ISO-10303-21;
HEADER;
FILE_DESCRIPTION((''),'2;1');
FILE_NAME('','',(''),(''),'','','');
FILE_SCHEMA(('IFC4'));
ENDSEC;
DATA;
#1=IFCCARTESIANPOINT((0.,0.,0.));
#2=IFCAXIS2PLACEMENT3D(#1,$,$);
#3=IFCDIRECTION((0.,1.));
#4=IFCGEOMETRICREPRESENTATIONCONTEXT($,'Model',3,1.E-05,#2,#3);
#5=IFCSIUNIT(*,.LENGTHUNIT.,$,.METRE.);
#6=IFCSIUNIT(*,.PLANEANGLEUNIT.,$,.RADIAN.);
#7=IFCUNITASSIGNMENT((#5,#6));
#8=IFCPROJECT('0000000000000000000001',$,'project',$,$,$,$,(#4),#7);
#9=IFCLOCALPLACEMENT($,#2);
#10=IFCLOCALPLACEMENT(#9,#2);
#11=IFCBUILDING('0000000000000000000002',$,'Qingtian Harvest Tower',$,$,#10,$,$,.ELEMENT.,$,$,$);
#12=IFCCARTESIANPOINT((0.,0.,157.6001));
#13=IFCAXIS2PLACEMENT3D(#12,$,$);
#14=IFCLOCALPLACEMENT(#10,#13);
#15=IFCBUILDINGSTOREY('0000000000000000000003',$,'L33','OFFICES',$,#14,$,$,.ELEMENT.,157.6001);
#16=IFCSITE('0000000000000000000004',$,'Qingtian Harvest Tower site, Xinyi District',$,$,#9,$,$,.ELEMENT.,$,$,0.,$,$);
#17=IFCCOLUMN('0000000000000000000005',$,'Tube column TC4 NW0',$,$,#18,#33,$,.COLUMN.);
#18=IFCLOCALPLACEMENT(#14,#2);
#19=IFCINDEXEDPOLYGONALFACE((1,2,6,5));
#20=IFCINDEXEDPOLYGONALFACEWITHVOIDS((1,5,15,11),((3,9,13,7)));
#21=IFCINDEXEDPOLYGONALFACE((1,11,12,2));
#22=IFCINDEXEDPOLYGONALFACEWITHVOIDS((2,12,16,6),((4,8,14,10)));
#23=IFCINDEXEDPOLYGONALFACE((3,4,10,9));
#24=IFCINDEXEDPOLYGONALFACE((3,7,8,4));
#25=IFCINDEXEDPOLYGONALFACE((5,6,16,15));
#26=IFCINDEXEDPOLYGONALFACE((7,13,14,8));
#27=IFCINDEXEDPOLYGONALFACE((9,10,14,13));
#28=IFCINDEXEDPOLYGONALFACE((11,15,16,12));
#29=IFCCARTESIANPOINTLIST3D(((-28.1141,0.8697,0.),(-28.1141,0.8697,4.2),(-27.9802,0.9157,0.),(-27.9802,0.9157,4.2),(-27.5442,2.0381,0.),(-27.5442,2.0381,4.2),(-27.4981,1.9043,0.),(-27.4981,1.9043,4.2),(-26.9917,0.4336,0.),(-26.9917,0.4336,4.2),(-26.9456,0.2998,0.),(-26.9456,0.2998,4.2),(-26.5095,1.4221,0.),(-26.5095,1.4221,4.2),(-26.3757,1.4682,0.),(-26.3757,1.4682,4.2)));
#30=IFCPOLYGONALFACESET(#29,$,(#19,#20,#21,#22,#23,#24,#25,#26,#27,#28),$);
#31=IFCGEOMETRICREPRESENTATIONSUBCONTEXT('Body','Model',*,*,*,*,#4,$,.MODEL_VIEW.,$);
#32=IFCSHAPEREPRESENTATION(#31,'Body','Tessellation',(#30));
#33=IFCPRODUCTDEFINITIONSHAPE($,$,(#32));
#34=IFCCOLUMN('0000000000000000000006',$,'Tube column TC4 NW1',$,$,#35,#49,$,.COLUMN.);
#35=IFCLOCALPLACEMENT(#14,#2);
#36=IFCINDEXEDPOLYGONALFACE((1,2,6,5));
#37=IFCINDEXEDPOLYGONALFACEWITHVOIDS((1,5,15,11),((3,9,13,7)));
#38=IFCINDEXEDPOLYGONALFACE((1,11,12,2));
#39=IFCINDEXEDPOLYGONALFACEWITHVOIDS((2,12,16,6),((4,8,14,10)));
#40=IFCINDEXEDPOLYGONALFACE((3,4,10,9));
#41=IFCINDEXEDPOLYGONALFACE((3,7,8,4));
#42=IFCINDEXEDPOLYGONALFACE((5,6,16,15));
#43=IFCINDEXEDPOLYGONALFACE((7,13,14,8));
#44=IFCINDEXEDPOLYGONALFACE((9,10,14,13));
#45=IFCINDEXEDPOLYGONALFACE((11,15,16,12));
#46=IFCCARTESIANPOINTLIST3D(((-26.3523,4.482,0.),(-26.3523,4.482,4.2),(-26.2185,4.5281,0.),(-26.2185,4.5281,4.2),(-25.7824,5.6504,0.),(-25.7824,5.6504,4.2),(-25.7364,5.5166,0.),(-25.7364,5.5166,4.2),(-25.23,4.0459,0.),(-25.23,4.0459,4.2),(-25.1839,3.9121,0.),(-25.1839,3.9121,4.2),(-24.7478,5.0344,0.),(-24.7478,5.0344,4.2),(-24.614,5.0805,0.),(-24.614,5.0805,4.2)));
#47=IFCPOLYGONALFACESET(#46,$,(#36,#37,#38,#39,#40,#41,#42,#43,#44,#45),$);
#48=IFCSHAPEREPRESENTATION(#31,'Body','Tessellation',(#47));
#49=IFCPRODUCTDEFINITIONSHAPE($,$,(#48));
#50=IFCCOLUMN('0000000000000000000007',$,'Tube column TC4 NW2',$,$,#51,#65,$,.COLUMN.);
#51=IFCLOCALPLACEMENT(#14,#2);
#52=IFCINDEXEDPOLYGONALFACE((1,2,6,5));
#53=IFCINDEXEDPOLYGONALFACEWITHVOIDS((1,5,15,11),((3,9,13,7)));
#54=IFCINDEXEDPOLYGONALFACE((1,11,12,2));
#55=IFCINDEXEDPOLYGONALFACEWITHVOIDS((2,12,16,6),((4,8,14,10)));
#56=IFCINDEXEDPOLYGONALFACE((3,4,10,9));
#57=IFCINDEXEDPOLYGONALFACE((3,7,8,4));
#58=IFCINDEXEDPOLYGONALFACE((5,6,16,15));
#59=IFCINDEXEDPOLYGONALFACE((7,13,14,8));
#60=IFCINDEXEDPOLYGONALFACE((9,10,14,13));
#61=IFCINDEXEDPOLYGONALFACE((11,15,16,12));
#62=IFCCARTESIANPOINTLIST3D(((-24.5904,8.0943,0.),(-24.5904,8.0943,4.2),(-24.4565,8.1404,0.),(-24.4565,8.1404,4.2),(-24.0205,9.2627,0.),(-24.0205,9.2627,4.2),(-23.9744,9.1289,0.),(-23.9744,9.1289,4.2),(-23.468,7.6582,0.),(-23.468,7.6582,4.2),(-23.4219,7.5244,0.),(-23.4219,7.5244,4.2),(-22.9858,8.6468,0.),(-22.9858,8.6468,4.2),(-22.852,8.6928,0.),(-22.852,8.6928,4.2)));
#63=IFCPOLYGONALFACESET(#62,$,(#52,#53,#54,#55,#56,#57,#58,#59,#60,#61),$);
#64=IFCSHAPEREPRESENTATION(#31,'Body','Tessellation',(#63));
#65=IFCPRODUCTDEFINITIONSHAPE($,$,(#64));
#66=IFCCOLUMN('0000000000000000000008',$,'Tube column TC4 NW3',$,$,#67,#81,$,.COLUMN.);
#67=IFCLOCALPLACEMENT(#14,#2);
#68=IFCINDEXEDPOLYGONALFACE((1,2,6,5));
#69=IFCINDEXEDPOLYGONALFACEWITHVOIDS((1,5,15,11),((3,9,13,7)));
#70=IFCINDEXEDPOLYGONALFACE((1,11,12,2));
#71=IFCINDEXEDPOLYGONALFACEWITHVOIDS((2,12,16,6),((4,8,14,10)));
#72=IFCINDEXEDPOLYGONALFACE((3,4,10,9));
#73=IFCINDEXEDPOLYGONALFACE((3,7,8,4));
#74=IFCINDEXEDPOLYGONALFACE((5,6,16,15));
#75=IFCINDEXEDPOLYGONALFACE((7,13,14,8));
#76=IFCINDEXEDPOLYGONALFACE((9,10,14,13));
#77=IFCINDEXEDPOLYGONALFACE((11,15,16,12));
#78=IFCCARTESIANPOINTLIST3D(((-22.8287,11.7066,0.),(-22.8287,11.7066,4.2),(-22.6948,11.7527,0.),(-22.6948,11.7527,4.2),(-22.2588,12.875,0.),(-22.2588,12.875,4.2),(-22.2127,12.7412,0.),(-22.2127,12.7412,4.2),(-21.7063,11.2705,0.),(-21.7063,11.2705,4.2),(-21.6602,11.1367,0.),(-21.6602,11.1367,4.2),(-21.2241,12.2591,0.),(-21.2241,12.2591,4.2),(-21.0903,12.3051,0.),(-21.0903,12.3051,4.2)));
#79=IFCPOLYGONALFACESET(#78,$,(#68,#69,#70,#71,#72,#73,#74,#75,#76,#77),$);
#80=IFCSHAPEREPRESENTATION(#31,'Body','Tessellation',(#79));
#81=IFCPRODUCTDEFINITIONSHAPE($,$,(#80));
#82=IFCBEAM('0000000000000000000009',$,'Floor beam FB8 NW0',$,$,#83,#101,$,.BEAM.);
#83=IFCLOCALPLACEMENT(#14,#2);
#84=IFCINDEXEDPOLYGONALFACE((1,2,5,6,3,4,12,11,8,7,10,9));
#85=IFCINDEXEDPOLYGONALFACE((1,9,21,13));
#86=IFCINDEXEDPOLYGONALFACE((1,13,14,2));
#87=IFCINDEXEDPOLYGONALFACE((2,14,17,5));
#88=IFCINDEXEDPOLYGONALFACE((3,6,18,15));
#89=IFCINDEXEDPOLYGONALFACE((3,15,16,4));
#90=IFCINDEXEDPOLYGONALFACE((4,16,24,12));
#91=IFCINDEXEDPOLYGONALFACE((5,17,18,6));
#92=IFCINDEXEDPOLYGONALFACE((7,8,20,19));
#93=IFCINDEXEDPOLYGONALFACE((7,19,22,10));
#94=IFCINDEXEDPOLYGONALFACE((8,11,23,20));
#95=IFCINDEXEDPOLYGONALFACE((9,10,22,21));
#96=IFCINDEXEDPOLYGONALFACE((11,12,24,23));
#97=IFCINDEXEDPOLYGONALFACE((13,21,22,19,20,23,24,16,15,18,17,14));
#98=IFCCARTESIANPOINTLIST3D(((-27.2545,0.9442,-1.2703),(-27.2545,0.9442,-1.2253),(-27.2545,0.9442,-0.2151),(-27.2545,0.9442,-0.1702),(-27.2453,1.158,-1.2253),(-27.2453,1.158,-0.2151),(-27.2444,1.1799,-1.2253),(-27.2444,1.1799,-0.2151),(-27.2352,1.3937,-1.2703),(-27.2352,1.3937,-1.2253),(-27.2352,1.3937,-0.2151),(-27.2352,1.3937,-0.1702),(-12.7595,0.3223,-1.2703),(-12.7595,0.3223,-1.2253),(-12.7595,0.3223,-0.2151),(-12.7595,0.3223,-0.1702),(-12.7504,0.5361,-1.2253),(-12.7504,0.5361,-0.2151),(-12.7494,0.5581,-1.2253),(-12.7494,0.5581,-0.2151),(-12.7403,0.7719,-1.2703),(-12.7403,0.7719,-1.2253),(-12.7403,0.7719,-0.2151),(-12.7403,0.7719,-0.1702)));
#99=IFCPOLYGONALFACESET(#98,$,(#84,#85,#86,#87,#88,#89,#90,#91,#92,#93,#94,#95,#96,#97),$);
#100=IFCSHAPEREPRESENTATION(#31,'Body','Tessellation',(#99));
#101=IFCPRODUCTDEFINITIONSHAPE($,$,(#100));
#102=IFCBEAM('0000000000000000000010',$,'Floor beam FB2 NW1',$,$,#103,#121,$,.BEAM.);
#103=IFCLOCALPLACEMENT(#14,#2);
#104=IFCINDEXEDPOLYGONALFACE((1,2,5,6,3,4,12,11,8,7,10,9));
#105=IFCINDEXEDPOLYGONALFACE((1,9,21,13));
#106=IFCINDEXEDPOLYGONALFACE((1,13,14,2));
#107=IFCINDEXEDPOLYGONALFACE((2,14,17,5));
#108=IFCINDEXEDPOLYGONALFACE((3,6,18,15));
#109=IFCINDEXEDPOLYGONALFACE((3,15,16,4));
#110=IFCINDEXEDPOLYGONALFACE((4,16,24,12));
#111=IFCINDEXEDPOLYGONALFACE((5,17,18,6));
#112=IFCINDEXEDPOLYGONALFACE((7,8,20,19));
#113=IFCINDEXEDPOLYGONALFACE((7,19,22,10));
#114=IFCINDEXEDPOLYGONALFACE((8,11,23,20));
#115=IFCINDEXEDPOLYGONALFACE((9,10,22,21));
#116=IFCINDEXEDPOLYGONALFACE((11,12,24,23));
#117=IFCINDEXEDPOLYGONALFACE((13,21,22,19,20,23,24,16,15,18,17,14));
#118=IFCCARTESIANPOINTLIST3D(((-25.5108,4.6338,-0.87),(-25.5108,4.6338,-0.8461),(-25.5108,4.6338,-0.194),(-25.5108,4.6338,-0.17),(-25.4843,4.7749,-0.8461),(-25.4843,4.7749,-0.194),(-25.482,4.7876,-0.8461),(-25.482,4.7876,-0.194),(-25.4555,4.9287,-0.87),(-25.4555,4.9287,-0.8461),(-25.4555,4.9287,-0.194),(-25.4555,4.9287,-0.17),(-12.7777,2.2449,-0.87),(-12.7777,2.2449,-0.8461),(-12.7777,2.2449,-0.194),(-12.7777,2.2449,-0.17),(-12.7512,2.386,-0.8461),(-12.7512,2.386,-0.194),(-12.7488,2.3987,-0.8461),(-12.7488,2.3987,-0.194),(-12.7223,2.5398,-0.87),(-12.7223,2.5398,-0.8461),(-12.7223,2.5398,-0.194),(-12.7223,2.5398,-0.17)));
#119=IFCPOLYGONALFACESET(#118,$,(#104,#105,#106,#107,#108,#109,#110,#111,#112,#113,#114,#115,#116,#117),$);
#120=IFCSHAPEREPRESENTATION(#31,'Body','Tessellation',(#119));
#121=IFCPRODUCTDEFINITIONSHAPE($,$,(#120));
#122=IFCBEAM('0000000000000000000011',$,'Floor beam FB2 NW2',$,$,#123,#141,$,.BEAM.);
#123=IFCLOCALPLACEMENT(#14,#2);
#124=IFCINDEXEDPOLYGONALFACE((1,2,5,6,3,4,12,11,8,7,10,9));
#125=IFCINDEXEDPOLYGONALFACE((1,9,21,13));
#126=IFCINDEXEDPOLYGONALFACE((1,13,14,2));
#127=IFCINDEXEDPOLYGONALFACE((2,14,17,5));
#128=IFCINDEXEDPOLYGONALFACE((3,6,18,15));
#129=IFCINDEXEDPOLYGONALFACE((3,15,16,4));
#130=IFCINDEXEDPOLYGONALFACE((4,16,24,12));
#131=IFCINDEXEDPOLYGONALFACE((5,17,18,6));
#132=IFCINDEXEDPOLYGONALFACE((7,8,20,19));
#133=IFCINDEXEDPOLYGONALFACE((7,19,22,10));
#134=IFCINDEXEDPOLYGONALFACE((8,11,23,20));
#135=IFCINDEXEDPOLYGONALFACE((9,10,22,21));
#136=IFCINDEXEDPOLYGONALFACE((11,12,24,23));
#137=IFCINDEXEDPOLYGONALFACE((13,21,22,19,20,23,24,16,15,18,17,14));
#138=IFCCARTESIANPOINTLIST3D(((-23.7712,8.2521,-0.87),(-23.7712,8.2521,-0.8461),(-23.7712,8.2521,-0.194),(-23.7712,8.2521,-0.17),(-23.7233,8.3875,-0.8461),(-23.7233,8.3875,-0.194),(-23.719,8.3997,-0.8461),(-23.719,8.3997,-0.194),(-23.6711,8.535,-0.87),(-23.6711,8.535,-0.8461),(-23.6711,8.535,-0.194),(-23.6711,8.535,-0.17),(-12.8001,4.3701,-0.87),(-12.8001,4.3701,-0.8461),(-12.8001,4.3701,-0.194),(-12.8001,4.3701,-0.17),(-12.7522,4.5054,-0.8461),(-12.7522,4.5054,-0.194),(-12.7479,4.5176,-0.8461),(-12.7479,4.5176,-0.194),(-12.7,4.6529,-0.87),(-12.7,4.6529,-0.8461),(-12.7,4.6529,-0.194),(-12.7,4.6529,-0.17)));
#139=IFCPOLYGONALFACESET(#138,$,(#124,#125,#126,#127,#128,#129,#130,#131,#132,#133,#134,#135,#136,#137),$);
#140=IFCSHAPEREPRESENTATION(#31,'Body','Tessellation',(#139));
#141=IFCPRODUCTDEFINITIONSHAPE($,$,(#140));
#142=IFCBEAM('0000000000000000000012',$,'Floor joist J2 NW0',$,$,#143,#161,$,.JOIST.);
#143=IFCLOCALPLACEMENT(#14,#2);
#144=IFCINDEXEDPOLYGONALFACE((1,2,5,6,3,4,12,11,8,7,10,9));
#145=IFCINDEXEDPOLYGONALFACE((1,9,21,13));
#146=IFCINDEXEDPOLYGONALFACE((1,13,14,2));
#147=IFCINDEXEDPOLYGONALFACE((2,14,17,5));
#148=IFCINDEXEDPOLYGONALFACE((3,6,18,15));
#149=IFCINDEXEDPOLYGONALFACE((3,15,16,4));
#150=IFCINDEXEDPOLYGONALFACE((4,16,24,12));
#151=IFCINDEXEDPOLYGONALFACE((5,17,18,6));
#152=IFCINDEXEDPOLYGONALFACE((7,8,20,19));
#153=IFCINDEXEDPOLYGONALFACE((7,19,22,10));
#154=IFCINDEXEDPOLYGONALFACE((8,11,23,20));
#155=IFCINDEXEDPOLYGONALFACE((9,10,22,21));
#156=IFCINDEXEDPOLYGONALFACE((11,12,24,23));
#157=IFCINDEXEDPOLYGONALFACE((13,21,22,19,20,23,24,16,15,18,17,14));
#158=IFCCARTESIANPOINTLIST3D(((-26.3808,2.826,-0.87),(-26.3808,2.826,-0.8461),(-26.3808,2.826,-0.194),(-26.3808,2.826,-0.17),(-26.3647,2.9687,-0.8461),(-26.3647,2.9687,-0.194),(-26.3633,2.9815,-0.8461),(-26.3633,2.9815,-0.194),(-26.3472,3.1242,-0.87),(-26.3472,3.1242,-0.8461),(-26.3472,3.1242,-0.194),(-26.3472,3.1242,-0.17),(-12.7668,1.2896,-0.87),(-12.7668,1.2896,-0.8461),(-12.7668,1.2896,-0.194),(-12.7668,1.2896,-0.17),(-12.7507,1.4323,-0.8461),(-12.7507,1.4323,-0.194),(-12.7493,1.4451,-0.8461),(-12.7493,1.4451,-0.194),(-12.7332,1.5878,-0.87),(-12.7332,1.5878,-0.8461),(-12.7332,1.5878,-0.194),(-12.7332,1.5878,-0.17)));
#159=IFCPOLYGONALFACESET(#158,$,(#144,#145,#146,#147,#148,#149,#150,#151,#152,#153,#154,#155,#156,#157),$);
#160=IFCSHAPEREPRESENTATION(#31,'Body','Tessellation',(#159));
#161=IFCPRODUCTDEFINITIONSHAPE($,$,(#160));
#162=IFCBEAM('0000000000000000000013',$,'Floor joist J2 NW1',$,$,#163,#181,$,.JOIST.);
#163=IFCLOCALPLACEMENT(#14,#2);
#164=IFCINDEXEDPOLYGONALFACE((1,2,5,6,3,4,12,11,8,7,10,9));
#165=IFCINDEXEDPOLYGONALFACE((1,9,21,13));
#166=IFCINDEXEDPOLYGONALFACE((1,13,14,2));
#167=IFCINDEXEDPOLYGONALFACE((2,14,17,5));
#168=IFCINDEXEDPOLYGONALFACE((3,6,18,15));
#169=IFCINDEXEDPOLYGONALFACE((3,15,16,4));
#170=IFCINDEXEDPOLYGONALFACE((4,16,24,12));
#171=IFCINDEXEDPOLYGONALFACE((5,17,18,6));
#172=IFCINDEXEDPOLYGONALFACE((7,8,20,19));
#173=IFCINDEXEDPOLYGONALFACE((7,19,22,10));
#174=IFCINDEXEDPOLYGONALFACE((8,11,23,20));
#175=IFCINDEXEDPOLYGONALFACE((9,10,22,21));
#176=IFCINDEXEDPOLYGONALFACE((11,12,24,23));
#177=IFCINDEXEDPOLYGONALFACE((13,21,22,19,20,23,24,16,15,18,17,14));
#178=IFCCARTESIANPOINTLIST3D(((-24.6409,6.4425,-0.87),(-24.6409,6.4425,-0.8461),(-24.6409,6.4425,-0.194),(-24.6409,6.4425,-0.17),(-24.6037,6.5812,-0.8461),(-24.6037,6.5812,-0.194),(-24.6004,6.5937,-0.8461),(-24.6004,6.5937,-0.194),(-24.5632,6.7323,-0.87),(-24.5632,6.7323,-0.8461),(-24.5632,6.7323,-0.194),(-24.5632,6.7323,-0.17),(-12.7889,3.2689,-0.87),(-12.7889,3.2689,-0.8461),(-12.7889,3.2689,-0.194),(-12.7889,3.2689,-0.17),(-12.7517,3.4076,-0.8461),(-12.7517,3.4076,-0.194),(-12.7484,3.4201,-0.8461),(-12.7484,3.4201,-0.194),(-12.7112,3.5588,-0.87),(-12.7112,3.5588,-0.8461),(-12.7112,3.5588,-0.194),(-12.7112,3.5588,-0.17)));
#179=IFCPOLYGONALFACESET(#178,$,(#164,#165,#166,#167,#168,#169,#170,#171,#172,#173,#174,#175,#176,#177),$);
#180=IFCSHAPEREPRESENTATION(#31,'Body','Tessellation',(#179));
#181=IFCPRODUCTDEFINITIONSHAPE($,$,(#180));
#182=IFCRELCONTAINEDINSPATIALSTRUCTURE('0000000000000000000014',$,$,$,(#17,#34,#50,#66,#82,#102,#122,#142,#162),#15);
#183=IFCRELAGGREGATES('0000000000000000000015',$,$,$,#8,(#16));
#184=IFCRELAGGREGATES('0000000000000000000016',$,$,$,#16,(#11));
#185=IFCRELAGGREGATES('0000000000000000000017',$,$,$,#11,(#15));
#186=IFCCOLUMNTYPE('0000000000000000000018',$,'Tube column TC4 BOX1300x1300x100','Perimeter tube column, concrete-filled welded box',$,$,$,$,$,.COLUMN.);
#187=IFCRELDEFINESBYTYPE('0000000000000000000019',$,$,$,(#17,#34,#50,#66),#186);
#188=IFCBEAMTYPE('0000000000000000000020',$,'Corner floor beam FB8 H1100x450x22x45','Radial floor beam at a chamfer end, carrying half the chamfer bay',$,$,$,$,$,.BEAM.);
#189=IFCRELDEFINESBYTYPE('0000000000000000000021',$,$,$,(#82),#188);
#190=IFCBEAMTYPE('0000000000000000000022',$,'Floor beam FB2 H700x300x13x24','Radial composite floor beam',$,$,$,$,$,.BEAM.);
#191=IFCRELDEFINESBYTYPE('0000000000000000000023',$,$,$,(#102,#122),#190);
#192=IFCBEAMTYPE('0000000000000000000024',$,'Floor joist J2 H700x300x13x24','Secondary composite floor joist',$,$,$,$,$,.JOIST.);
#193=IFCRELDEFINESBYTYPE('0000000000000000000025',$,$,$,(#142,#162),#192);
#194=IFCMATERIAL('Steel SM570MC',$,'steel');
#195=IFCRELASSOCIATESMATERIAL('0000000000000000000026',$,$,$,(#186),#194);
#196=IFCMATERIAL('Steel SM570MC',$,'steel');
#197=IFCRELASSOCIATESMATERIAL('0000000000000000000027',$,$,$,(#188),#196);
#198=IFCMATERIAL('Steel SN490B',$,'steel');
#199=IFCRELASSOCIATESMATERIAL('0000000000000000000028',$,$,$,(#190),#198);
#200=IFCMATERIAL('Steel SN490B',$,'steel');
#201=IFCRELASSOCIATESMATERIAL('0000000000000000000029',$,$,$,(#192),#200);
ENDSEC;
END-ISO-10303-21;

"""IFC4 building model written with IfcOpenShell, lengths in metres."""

from ifc_helpers import new_model, si_unit, direction, frame, origin, origin_2d, place, context, subcontext, project, spatial, hollow_rectangle, i_section, extrude, material, material_profile, profile_set, type_object, element, save


model = new_model("IFC4")

# Units and contexts
model_context = context("Model", 3, precision=1e-05, world=origin(), true_north=direction((0.0, 1.0)))
body_context = subcontext(model_context, "Body", "Model", "MODEL_VIEW")
ifc_project = project(units=[si_unit("LENGTHUNIT", "METRE"), si_unit("PLANEANGLEUNIT", "RADIAN")], contexts=[model_context])

# Site, building, storey
site_placement = place(None, origin())
site = spatial("IfcSite", under=ifc_project, at=site_placement, Name="Qingtian Harvest Tower site, Xinyi District", CompositionType="ELEMENT", RefElevation=0.0)
building_placement = place(site_placement, origin())
building = spatial("IfcBuilding", under=site, at=building_placement, Name="Qingtian Harvest Tower", CompositionType="ELEMENT")
storey_placement = place(building_placement, frame((0.0, 0.0, 157.6001)))
storey = spatial("IfcBuildingStorey", under=building, at=storey_placement, Name="L33", Description="OFFICES", CompositionType="ELEMENT", Elevation=157.6001)

# Columns
ifc_material_1 = material(Name="Steel SM570MC", Category="steel")
ifc_material_profile_1 = material_profile(ifc_material_1, hollow_rectangle(XDim=1.3, YDim=1.3, WallThickness=0.1001, at=origin_2d()), Name="BOX1300x1300x100")
ifc_profile_set_1 = profile_set([ifc_material_profile_1], Name="Steel SM570MC")
column_type = type_object("IfcColumnType", Name="Tube column TC4 BOX1300x1300x100", Description="Perimeter tube column, concrete-filled welded box", PredefinedType="COLUMN", material=ifc_profile_set_1)
for number, where, z_axis, x_axis, name in (
    (1, (-27.2449, 1.1689, 0.0), (0.0, 0.0, 1.0), (-0.438371, -0.898794, 0.0), "Tube column TC4 NW0"),
    (2, (-25.4832, 4.7812, 0.0), (0.0, 0.0, 1.0), (-0.438371, -0.898794, 0.0), "Tube column TC4 NW1"),
    (3, (-23.7212, 8.3936, 0.0), (0.0, 0.0, 1.0), (-0.438371, -0.898794, 0.0), "Tube column TC4 NW2"),
    (4, (-21.9595, 12.0059, 0.0), (0.0, 0.0, 1.0), (-0.438371, -0.898794, 0.0), "Tube column TC4 NW3"),
):
    element("IfcColumn", number, at=place(storey_placement, frame(where, z_axis=z_axis, x_axis=x_axis)), inside=storey, type_object=column_type, Name=name, PredefinedType="COLUMN", context=body_context, shape_type="SweptSolid", body=[
        extrude(hollow_rectangle(XDim=1.3, YDim=1.3, WallThickness=0.1001, at=origin_2d()), origin(), (0.0, 0.0, 1.0), 4.2),
    ])

# Beams
ifc_material_2 = material(Name="Steel SM570MC", Category="steel")
ifc_material_profile_2 = material_profile(ifc_material_2, i_section(OverallWidth=0.45, OverallDepth=1.1001, WebThickness=0.022, FlangeThickness=0.0449, at=origin_2d()), Name="H1100x450x22x45")
ifc_profile_set_2 = profile_set([ifc_material_profile_2], Name="Steel SM570MC")
beam_type_1 = type_object("IfcBeamType", Name="Corner floor beam FB8 H1100x450x22x45", Description="Radial floor beam at a chamfer end, carrying half the chamfer bay", PredefinedType="BEAM", material=ifc_profile_set_2)
beam_1_placement = place(storey_placement, frame((-27.2449, 1.1689, -0.7202), z_axis=(0.999081, -0.04286, 0.0), x_axis=(0.04286, 0.999081, 0.0)))
element("IfcBeam", 5, at=beam_1_placement, inside=storey, type_object=beam_type_1, Name="Floor beam FB8 NW0", PredefinedType="BEAM", context=body_context, shape_type="SweptSolid", body=[
    extrude(i_section(OverallWidth=0.45, OverallDepth=1.1001, WebThickness=0.022, FlangeThickness=0.0449, at=origin_2d()), origin(), (0.0, 0.0, 1.0), 14.5083),
])
ifc_material_3 = material(Name="Steel SN490B", Category="steel")
ifc_material_profile_3 = material_profile(ifc_material_3, i_section(OverallWidth=0.3, OverallDepth=0.7, WebThickness=0.0129, FlangeThickness=0.0239, at=origin_2d()), Name="H700x300x13x24")
ifc_profile_set_3 = profile_set([ifc_material_profile_3], Name="Steel SN490B")
beam_type_2 = type_object("IfcBeamType", Name="Floor beam FB2 H700x300x13x24", Description="Radial composite floor beam", PredefinedType="BEAM", material=ifc_profile_set_3)
beam_2_placement = place(storey_placement, frame((-25.4832, 4.7812, -0.52), z_axis=(0.982852, -0.184397, 0.0), x_axis=(0.184397, 0.982852, 0.0)))
element("IfcBeam", 6, at=beam_2_placement, inside=storey, type_object=beam_type_2, Name="Floor beam FB2 NW1", PredefinedType="BEAM", context=body_context, shape_type="SweptSolid", body=[
    extrude(i_section(OverallWidth=0.3, OverallDepth=0.7, WebThickness=0.0129, FlangeThickness=0.0239, at=origin_2d()), origin(), (0.0, 0.0, 1.0), 12.9553),
])
beam_3_placement = place(storey_placement, frame((-23.7212, 8.3936, -0.52), z_axis=(0.942723, -0.333576, 0.0), x_axis=(0.333576, 0.942723, 0.0)))
element("IfcBeam", 7, at=beam_3_placement, inside=storey, type_object=beam_type_2, Name="Floor beam FB2 NW2", PredefinedType="BEAM", context=body_context, shape_type="SweptSolid", body=[
    extrude(i_section(OverallWidth=0.3, OverallDepth=0.7, WebThickness=0.0129, FlangeThickness=0.0239, at=origin_2d()), origin(), (0.0, 0.0, 1.0), 11.6377),
])
ifc_material_4 = material(Name="Steel SN490B", Category="steel")
ifc_material_profile_4 = material_profile(ifc_material_4, i_section(OverallWidth=0.3, OverallDepth=0.7, WebThickness=0.0129, FlangeThickness=0.0239, at=origin_2d()), Name="H700x300x13x24")
ifc_profile_set_4 = profile_set([ifc_material_profile_4], Name="Steel SN490B")
beam_type_3 = type_object("IfcBeamType", Name="Floor joist J2 H700x300x13x24", Description="Secondary composite floor joist", PredefinedType="JOIST", material=ifc_profile_set_4)
beam_4_placement = place(storey_placement, frame((-26.364, 2.9751, -0.52), z_axis=(0.993692, -0.112141, 0.0), x_axis=(0.112141, 0.993692, 0.0)))
element("IfcBeam", 8, at=beam_4_placement, inside=storey, type_object=beam_type_3, Name="Floor joist J2 NW0", PredefinedType="JOIST", context=body_context, shape_type="SweptSolid", body=[
    extrude(i_section(OverallWidth=0.3, OverallDepth=0.7, WebThickness=0.0129, FlangeThickness=0.0239, at=origin_2d()), origin(), (0.0, 0.0, 1.0), 13.7004),
])
beam_5_placement = place(storey_placement, frame((-24.6021, 6.5874, -0.52), z_axis=(0.96597, -0.258655, 0.0), x_axis=(0.258655, 0.96597, 0.0)))
element("IfcBeam", 9, at=beam_5_placement, inside=storey, type_object=beam_type_3, Name="Floor joist J2 NW1", PredefinedType="JOIST", context=body_context, shape_type="SweptSolid", body=[
    extrude(i_section(OverallWidth=0.3, OverallDepth=0.7, WebThickness=0.0129, FlangeThickness=0.0239, at=origin_2d()), origin(), (0.0, 0.0, 1.0), 12.2695),
])

save(model, "model.ifc")
